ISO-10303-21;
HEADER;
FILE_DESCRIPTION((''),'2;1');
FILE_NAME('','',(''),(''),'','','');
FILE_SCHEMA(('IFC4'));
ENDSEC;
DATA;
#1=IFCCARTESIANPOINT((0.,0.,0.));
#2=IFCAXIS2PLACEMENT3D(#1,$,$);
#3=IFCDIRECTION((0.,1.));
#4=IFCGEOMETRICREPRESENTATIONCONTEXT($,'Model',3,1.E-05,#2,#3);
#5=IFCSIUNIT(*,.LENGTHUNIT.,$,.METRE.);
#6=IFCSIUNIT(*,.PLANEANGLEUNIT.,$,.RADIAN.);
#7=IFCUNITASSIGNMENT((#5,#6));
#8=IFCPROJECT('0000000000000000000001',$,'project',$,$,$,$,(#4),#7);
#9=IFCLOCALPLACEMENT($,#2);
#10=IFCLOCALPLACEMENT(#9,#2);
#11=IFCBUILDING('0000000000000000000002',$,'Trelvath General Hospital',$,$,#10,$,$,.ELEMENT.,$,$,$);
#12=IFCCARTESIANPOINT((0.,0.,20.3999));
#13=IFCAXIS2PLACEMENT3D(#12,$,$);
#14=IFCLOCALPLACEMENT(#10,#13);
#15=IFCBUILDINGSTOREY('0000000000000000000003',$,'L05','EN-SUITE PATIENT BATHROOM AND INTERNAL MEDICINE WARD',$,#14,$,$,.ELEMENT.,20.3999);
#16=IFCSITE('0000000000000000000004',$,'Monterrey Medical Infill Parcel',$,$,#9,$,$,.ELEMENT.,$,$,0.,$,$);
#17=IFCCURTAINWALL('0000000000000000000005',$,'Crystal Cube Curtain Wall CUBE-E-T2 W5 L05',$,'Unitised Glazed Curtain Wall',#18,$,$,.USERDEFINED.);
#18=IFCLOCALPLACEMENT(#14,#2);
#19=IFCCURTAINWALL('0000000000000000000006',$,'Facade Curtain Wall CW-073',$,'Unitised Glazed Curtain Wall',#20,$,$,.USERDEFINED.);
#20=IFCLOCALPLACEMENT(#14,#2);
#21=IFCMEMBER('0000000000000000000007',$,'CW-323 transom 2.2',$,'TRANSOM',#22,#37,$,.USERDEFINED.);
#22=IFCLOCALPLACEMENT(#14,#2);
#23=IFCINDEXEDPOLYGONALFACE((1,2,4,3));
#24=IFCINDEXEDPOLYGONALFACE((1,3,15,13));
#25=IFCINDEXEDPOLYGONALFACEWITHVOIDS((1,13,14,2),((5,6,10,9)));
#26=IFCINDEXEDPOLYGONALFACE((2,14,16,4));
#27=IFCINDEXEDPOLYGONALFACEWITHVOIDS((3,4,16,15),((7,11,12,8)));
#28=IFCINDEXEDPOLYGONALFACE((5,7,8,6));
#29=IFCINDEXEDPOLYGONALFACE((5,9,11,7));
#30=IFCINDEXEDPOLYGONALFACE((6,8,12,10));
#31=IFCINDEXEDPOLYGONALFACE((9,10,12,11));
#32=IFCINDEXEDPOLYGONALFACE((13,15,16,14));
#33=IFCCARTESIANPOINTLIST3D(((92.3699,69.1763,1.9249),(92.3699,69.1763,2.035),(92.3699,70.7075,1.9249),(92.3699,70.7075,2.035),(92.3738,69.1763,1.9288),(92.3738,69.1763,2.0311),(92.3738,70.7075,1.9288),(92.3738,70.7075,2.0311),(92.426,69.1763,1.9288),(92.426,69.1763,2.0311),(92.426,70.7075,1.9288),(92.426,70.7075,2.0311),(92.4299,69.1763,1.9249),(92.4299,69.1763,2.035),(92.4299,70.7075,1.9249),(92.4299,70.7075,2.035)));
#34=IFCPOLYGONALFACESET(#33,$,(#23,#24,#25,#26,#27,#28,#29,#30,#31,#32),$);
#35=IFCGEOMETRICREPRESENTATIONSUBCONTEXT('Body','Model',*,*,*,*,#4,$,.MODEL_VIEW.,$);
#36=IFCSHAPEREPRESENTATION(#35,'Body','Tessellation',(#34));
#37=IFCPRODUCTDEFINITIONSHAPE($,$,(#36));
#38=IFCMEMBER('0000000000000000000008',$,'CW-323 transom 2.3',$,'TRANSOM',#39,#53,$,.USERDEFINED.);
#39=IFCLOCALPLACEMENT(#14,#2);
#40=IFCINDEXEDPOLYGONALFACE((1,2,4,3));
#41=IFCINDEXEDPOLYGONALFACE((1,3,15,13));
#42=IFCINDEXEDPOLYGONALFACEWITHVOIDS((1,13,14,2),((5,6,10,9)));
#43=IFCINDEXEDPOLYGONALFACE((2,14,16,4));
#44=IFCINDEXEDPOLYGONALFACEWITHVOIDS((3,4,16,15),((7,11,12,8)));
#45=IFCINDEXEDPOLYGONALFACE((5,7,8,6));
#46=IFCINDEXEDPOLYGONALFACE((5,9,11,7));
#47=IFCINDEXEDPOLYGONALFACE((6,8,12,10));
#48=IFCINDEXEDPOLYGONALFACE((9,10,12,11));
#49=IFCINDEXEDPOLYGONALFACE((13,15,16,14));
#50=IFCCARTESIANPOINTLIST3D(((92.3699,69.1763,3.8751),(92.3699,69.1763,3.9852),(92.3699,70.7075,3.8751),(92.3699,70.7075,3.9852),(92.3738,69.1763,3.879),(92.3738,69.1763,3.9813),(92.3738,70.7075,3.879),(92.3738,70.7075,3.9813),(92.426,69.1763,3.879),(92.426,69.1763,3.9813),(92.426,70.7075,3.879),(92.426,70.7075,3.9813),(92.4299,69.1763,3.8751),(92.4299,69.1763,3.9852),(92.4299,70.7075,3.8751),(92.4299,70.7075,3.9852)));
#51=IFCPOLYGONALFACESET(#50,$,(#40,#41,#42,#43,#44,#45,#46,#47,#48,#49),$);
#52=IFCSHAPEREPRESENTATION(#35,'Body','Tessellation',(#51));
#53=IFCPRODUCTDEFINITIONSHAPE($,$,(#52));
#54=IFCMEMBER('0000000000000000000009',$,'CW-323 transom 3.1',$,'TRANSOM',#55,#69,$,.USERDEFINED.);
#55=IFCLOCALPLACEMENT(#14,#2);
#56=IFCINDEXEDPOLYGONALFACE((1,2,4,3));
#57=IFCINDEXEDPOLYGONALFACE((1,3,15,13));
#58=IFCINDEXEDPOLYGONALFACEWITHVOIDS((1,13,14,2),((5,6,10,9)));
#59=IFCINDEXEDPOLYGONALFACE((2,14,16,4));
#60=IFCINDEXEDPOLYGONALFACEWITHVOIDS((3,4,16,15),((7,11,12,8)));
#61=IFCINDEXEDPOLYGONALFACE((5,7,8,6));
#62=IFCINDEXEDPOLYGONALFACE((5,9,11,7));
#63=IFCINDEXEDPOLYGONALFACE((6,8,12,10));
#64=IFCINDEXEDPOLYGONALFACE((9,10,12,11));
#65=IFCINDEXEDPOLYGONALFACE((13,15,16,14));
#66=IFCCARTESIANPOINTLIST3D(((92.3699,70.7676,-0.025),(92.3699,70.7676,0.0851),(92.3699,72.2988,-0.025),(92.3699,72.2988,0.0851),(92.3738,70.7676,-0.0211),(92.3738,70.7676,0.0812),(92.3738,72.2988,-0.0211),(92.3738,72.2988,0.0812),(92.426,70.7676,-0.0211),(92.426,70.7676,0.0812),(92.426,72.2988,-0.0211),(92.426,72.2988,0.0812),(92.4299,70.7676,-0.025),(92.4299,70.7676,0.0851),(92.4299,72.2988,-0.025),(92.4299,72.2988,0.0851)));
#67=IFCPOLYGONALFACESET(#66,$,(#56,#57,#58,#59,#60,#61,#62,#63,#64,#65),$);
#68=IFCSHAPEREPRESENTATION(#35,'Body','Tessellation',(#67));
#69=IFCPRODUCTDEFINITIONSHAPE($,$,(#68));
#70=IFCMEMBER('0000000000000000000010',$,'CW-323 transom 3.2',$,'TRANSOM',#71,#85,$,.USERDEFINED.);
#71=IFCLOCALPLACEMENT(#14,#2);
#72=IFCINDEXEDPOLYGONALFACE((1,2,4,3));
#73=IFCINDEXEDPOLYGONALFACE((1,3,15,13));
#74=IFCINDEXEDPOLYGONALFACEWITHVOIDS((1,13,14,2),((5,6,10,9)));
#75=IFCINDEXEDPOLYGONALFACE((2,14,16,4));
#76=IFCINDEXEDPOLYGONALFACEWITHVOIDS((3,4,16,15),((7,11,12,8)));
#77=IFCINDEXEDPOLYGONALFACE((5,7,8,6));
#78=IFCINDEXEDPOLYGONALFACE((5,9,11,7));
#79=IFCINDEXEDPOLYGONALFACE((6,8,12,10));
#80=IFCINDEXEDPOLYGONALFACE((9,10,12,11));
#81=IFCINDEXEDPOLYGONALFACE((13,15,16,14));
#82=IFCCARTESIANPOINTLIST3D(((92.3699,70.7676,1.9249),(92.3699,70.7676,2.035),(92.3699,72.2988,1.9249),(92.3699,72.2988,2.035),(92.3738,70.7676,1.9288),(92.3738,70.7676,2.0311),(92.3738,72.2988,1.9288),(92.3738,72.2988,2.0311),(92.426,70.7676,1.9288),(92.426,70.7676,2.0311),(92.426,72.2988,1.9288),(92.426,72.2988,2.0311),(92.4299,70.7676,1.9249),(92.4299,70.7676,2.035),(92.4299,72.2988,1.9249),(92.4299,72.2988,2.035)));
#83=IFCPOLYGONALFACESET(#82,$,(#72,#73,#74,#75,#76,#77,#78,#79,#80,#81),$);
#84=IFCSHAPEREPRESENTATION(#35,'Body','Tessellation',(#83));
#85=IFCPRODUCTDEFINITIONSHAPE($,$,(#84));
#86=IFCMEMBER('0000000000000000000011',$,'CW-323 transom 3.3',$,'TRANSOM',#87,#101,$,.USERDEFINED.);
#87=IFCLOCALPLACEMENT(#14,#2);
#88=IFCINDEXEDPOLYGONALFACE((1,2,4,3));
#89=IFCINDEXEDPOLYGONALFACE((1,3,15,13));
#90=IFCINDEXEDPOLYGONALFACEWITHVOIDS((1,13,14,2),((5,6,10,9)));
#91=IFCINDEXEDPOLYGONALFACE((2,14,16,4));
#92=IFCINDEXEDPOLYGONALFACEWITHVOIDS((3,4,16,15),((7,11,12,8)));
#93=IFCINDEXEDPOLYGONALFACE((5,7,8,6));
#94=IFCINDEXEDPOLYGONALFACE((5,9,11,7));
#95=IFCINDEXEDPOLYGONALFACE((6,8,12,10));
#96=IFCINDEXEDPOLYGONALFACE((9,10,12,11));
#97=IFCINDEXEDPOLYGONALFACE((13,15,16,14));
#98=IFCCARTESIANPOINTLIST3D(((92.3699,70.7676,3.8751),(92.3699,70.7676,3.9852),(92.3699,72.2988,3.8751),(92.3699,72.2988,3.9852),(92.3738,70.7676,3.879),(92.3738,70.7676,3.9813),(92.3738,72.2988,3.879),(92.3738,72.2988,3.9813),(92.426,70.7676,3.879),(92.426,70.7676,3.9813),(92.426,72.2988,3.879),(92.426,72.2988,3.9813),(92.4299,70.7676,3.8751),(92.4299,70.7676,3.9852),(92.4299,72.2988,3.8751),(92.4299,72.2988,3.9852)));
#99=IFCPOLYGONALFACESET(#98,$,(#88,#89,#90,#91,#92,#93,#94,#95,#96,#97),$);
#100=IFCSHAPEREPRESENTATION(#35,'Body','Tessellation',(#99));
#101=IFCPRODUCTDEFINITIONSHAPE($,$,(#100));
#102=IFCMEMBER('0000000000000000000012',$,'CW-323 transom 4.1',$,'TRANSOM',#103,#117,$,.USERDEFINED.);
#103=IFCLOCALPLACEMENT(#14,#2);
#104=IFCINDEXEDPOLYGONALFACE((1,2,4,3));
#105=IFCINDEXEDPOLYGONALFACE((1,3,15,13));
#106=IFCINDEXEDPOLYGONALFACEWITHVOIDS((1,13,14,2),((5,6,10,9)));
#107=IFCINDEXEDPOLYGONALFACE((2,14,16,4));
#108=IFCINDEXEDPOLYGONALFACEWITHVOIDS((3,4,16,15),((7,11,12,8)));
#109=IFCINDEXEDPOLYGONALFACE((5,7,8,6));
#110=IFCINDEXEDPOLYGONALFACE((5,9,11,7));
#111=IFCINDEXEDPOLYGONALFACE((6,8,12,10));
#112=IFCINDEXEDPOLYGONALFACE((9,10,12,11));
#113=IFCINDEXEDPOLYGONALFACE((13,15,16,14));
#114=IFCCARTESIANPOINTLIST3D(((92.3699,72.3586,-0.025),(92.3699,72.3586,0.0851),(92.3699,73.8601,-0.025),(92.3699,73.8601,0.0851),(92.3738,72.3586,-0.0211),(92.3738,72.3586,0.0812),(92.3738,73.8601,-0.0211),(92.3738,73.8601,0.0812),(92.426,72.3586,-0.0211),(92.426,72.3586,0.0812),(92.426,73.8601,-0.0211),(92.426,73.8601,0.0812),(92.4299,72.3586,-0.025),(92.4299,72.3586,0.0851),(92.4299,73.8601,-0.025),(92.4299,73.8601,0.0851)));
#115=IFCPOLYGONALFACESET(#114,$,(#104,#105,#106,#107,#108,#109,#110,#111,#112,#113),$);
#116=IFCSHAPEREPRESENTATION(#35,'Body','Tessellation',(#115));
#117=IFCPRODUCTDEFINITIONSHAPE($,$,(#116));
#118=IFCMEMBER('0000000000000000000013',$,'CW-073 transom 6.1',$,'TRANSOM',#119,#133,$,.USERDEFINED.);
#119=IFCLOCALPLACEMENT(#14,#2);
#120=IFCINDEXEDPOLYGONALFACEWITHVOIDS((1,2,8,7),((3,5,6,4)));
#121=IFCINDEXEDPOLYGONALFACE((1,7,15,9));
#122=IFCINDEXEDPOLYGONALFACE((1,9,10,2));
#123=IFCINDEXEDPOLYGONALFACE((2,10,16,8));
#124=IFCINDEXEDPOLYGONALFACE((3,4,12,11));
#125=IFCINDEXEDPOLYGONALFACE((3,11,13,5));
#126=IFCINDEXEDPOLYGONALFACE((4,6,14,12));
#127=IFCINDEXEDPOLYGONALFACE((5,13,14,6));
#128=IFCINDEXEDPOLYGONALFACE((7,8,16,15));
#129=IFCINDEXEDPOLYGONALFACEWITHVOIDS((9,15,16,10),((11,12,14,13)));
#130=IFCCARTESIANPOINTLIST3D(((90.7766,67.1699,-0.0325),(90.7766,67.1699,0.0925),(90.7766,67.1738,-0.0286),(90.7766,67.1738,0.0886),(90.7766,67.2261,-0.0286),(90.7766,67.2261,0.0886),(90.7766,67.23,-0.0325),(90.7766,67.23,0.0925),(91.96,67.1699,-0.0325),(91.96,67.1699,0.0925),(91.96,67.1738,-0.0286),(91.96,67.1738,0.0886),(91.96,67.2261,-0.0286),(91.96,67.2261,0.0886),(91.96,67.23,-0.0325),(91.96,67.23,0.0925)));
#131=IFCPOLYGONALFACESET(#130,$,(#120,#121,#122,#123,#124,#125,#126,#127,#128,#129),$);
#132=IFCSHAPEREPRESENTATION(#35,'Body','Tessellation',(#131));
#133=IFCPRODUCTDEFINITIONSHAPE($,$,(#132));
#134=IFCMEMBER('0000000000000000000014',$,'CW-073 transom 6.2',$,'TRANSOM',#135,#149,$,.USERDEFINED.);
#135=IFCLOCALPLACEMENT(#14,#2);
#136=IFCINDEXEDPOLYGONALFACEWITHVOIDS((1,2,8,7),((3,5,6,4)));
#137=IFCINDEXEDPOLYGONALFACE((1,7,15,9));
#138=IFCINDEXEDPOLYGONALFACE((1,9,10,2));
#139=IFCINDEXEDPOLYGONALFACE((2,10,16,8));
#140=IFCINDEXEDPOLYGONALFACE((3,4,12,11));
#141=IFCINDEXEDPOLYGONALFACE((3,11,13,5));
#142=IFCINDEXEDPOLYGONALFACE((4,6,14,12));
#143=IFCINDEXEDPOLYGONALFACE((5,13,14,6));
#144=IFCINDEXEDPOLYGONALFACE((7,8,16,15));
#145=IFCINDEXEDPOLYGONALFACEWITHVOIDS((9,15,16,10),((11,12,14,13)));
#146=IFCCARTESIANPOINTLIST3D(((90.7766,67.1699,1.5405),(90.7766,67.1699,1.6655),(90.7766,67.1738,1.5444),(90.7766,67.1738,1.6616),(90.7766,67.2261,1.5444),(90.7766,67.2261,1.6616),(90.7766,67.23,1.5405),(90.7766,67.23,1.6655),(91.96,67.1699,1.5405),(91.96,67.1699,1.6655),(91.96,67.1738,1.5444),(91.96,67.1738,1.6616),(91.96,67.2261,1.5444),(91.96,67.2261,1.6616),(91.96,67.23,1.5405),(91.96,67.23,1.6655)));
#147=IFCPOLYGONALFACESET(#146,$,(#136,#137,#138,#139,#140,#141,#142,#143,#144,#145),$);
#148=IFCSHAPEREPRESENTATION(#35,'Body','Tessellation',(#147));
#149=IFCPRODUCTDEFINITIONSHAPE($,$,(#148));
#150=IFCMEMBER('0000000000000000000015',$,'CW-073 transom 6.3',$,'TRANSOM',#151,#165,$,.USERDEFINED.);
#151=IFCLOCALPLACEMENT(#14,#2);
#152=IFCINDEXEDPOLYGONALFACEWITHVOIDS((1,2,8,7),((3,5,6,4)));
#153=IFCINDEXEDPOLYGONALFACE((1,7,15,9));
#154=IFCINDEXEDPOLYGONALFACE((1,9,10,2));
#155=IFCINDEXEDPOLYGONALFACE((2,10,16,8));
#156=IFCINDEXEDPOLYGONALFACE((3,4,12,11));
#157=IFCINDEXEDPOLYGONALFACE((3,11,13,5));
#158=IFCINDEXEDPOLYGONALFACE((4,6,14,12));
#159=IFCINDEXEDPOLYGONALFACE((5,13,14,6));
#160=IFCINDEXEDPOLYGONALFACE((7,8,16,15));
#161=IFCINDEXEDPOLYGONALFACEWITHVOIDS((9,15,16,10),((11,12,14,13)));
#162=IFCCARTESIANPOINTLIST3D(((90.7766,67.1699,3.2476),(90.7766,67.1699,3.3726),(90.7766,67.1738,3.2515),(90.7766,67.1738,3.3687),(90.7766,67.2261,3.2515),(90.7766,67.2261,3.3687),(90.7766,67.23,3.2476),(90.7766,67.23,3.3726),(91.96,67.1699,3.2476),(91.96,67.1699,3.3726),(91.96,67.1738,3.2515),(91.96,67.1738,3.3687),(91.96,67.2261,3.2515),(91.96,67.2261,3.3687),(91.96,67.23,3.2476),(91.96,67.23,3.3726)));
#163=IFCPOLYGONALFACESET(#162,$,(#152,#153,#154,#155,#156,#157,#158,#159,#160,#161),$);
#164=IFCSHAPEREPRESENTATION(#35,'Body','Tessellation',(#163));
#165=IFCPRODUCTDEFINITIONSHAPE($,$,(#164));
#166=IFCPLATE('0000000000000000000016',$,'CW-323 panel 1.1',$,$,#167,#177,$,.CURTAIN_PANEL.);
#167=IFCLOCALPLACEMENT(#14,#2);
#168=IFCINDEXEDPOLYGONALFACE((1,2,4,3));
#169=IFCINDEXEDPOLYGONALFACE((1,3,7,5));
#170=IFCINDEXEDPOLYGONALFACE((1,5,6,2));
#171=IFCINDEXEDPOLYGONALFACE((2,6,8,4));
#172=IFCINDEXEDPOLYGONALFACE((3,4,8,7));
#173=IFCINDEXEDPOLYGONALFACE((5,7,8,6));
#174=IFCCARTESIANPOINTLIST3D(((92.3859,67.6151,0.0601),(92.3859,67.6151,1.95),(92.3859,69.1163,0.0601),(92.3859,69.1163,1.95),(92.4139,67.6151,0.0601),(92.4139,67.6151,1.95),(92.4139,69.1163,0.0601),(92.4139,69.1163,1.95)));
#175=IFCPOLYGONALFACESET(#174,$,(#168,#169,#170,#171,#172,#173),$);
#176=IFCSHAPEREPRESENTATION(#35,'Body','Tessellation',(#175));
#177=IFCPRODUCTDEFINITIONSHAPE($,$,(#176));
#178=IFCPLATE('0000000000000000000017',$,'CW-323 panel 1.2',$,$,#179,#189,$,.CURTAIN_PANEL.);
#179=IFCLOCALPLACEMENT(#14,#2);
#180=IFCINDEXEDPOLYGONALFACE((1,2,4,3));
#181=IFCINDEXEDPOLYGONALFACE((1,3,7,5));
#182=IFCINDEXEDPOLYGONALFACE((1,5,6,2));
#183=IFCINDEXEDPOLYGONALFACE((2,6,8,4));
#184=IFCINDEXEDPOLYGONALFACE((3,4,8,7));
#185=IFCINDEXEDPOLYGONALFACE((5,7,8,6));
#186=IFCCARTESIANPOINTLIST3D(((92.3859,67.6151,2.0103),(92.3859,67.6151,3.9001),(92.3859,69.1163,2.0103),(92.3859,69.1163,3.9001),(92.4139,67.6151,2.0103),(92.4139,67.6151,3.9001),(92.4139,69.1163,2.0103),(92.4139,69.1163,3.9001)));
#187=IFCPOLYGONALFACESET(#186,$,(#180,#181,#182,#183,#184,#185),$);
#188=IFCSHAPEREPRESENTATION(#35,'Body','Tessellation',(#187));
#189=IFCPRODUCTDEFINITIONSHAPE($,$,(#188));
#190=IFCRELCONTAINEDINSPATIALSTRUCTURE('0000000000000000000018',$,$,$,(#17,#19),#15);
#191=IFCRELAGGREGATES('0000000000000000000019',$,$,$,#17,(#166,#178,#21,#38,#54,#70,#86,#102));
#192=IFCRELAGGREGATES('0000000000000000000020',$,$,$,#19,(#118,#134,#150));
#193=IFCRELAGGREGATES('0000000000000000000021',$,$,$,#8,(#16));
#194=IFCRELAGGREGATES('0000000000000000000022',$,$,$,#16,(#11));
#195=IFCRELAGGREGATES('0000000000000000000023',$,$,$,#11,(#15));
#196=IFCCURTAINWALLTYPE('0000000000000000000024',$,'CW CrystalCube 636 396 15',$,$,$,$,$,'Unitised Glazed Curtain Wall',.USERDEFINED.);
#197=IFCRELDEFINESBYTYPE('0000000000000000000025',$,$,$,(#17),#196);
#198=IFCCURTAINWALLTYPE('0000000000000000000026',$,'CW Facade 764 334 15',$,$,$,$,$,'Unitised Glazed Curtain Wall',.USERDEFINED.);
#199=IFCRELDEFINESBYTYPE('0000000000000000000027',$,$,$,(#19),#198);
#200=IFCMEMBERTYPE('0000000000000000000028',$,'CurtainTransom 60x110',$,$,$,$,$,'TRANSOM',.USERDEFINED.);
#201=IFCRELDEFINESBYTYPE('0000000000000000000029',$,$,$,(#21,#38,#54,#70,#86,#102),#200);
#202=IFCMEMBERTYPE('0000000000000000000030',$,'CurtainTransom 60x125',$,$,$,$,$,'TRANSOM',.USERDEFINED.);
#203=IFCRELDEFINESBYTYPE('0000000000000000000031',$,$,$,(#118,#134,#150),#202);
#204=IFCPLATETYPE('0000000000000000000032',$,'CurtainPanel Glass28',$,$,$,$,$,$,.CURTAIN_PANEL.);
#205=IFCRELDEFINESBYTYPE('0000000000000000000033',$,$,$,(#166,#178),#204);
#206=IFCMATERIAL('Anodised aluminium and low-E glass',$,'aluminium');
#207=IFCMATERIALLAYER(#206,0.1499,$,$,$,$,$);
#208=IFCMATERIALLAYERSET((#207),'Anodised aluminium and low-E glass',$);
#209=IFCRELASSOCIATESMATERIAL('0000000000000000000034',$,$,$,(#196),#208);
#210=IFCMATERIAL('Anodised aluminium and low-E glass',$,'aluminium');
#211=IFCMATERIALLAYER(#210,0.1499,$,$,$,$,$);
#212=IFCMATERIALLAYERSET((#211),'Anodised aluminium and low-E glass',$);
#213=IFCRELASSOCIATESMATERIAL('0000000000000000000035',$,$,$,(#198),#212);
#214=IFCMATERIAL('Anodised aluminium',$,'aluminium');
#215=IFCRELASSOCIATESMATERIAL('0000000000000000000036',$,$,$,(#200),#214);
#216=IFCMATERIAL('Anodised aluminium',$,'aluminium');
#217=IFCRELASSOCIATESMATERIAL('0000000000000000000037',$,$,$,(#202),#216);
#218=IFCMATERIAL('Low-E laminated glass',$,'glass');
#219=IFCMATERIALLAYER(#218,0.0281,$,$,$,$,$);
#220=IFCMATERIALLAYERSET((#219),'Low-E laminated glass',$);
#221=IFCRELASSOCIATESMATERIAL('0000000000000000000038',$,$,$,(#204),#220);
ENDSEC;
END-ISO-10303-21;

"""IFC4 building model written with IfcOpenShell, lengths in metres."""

from ifc_helpers import new_model, si_unit, direction, frame, origin, origin_2d, place, context, subcontext, project, spatial, rectangle, hollow_rectangle, extrude, material, layer, layer_set, material_profile, profile_set, type_object, element, aggregate, save


model = new_model("IFC4")

# Units and contexts
model_context = context("Model", 3, precision=1e-05, world=origin(), true_north=direction((0.0, 1.0)))
body_context = subcontext(model_context, "Body", "Model", "MODEL_VIEW")
ifc_project = project(units=[si_unit("LENGTHUNIT", "METRE"), si_unit("PLANEANGLEUNIT", "RADIAN")], contexts=[model_context])

# Site, building, storey
site_placement = place(None, origin())
site = spatial("IfcSite", under=ifc_project, at=site_placement, Name="Monterrey Medical Infill Parcel", CompositionType="ELEMENT", RefElevation=0.0)
building_placement = place(site_placement, origin())
building = spatial("IfcBuilding", under=site, at=building_placement, Name="Trelvath General Hospital", CompositionType="ELEMENT")
storey_placement = place(building_placement, frame((0.0, 0.0, 20.3999)))
storey = spatial("IfcBuildingStorey", under=building, at=storey_placement, Name="L05", Description="EN-SUITE PATIENT BATHROOM AND INTERNAL MEDICINE WARD", CompositionType="ELEMENT", Elevation=20.3999)

# Curtain walls
ifc_material_1 = material(Name="Anodised aluminium and low-E glass", Category="aluminium")
ifc_layer_1 = layer(ifc_material_1, 0.1499)
ifc_layer_set_1 = layer_set([ifc_layer_1], Name="Anodised aluminium and low-E glass")
curtain_wall_type_1 = type_object("IfcCurtainWallType", Name="CW CrystalCube 636 396 15", ElementType="Unitised Glazed Curtain Wall", PredefinedType="USERDEFINED", material=ifc_layer_set_1)
curtain_wall_1_placement = place(storey_placement, origin())
curtain_wall_1 = element("IfcCurtainWall", 1, at=curtain_wall_1_placement, inside=storey, type_object=curtain_wall_type_1, Name="Crystal Cube Curtain Wall CUBE-E-T2 W5 L05", ObjectType="Unitised Glazed Curtain Wall", PredefinedType="USERDEFINED")
ifc_material_2 = material(Name="Anodised aluminium and low-E glass", Category="aluminium")
ifc_layer_2 = layer(ifc_material_2, 0.1499)
ifc_layer_set_2 = layer_set([ifc_layer_2], Name="Anodised aluminium and low-E glass")
curtain_wall_type_2 = type_object("IfcCurtainWallType", Name="CW Facade 764 334 15", ElementType="Unitised Glazed Curtain Wall", PredefinedType="USERDEFINED", material=ifc_layer_set_2)
curtain_wall_2_placement = place(storey_placement, origin())
curtain_wall_2 = element("IfcCurtainWall", 2, at=curtain_wall_2_placement, inside=storey, type_object=curtain_wall_type_2, Name="Facade Curtain Wall CW-073", ObjectType="Unitised Glazed Curtain Wall", PredefinedType="USERDEFINED")

# Members
ifc_material_3 = material(Name="Anodised aluminium", Category="aluminium")
ifc_material_profile_1 = material_profile(ifc_material_3, hollow_rectangle(XDim=0.0601, YDim=0.1101, WallThickness=0.0039, at=origin_2d()), Name="RHS60x110x4")
ifc_profile_set_1 = profile_set([ifc_material_profile_1], Name="Anodised aluminium")
member_type_1 = type_object("IfcMemberType", Name="CurtainTransom 60x110", ElementType="TRANSOM", PredefinedType="USERDEFINED", material=ifc_profile_set_1)
member_1_placement = place(storey_placement, frame((92.3999, 69.1763, 1.98), z_axis=(0.0, 1.0, 0.0), x_axis=(-1.0, 0.0, 0.0)))
member_1 = element("IfcMember", 3, at=member_1_placement, type_object=member_type_1, Name="CW-323 transom 2.2", ObjectType="TRANSOM", PredefinedType="USERDEFINED", context=body_context, shape_type="SweptSolid", body=[
    extrude(hollow_rectangle(XDim=0.0601, YDim=0.1101, WallThickness=0.0039, at=origin_2d()), origin(), (0.0, 0.0, 1.0), 1.5312),
])
member_2_placement = place(storey_placement, frame((92.3999, 69.1763, 3.9302), z_axis=(0.0, 1.0, 0.0), x_axis=(-1.0, 0.0, 0.0)))
member_2 = element("IfcMember", 4, at=member_2_placement, type_object=member_type_1, Name="CW-323 transom 2.3", ObjectType="TRANSOM", PredefinedType="USERDEFINED", context=body_context, shape_type="SweptSolid", body=[
    extrude(hollow_rectangle(XDim=0.0601, YDim=0.1101, WallThickness=0.0039, at=origin_2d()), origin(), (0.0, 0.0, 1.0), 1.5312),
])
member_3_placement = place(storey_placement, frame((92.3999, 70.7676, 0.03), z_axis=(0.0, 1.0, 0.0), x_axis=(-1.0, 0.0, 0.0)))
member_3 = element("IfcMember", 5, at=member_3_placement, type_object=member_type_1, Name="CW-323 transom 3.1", ObjectType="TRANSOM", PredefinedType="USERDEFINED", context=body_context, shape_type="SweptSolid", body=[
    extrude(hollow_rectangle(XDim=0.0601, YDim=0.1101, WallThickness=0.0039, at=origin_2d()), origin(), (0.0, 0.0, 1.0), 1.5312),
])
member_4_placement = place(storey_placement, frame((92.3999, 70.7676, 1.98), z_axis=(0.0, 1.0, 0.0), x_axis=(-1.0, 0.0, 0.0)))
member_4 = element("IfcMember", 6, at=member_4_placement, type_object=member_type_1, Name="CW-323 transom 3.2", ObjectType="TRANSOM", PredefinedType="USERDEFINED", context=body_context, shape_type="SweptSolid", body=[
    extrude(hollow_rectangle(XDim=0.0601, YDim=0.1101, WallThickness=0.0039, at=origin_2d()), origin(), (0.0, 0.0, 1.0), 1.5312),
])
member_5_placement = place(storey_placement, frame((92.3999, 70.7676, 3.9302), z_axis=(0.0, 1.0, 0.0), x_axis=(-1.0, 0.0, 0.0)))
member_5 = element("IfcMember", 7, at=member_5_placement, type_object=member_type_1, Name="CW-323 transom 3.3", ObjectType="TRANSOM", PredefinedType="USERDEFINED", context=body_context, shape_type="SweptSolid", body=[
    extrude(hollow_rectangle(XDim=0.0601, YDim=0.1101, WallThickness=0.0039, at=origin_2d()), origin(), (0.0, 0.0, 1.0), 1.5312),
])
member_6_placement = place(storey_placement, frame((92.3999, 72.3586, 0.03), z_axis=(0.0, 1.0, 0.0), x_axis=(-1.0, 0.0, 0.0)))
member_6 = element("IfcMember", 8, at=member_6_placement, type_object=member_type_1, Name="CW-323 transom 4.1", ObjectType="TRANSOM", PredefinedType="USERDEFINED", context=body_context, shape_type="SweptSolid", body=[
    extrude(hollow_rectangle(XDim=0.0601, YDim=0.1101, WallThickness=0.0039, at=origin_2d()), origin(), (0.0, 0.0, 1.0), 1.5015),
])
ifc_material_4 = material(Name="Anodised aluminium", Category="aluminium")
ifc_material_profile_2 = material_profile(ifc_material_4, hollow_rectangle(XDim=0.0601, YDim=0.125, WallThickness=0.0039, at=origin_2d()), Name="RHS60x125x4")
ifc_profile_set_2 = profile_set([ifc_material_profile_2], Name="Anodised aluminium")
member_type_2 = type_object("IfcMemberType", Name="CurtainTransom 60x125", ElementType="TRANSOM", PredefinedType="USERDEFINED", material=ifc_profile_set_2)
member_7_placement = place(storey_placement, frame((90.7766, 67.2, 0.03), z_axis=(1.0, 0.0, 0.0), x_axis=(0.0, 1.0, 0.0)))
member_7 = element("IfcMember", 9, at=member_7_placement, type_object=member_type_2, Name="CW-073 transom 6.1", ObjectType="TRANSOM", PredefinedType="USERDEFINED", context=body_context, shape_type="SweptSolid", body=[
    extrude(hollow_rectangle(XDim=0.0601, YDim=0.125, WallThickness=0.0039, at=origin_2d()), origin(), (0.0, 0.0, 1.0), 1.1833),
])
member_8_placement = place(storey_placement, frame((90.7766, 67.2, 1.603), z_axis=(1.0, 0.0, 0.0), x_axis=(0.0, 1.0, 0.0)))
member_8 = element("IfcMember", 10, at=member_8_placement, type_object=member_type_2, Name="CW-073 transom 6.2", ObjectType="TRANSOM", PredefinedType="USERDEFINED", context=body_context, shape_type="SweptSolid", body=[
    extrude(hollow_rectangle(XDim=0.0601, YDim=0.125, WallThickness=0.0039, at=origin_2d()), origin(), (0.0, 0.0, 1.0), 1.1833),
])
member_9_placement = place(storey_placement, frame((90.7766, 67.2, 3.3101), z_axis=(1.0, 0.0, 0.0), x_axis=(0.0, 1.0, 0.0)))
member_9 = element("IfcMember", 11, at=member_9_placement, type_object=member_type_2, Name="CW-073 transom 6.3", ObjectType="TRANSOM", PredefinedType="USERDEFINED", context=body_context, shape_type="SweptSolid", body=[
    extrude(hollow_rectangle(XDim=0.0601, YDim=0.125, WallThickness=0.0039, at=origin_2d()), origin(), (0.0, 0.0, 1.0), 1.1833),
])

# Plates
ifc_material_5 = material(Name="Low-E laminated glass", Category="glass")
ifc_layer_3 = layer(ifc_material_5, 0.0281)
ifc_layer_set_3 = layer_set([ifc_layer_3], Name="Low-E laminated glass")
plate_type_1 = type_object("IfcPlateType", Name="CurtainPanel Glass28", PredefinedType="CURTAIN_PANEL", material=ifc_layer_set_3)
plate_1_placement = place(storey_placement, frame((92.3999, 68.3657, 0.0601), z_axis=(0.0, 0.0, 1.0), x_axis=(0.0, 1.0, 0.0)))
plate_1 = element("IfcPlate", 12, at=plate_1_placement, type_object=plate_type_1, Name="CW-323 panel 1.1", PredefinedType="CURTAIN_PANEL", context=body_context, shape_type="SweptSolid", body=[
    extrude(rectangle(XDim=1.5012, YDim=0.0281, at=origin_2d()), origin(), (0.0, 0.0, 1.0), 1.8899),
])
plate_2_placement = place(storey_placement, frame((92.3999, 68.3657, 2.0103), z_axis=(0.0, 0.0, 1.0), x_axis=(0.0, 1.0, 0.0)))
plate_2 = element("IfcPlate", 13, at=plate_2_placement, type_object=plate_type_1, Name="CW-323 panel 1.2", PredefinedType="CURTAIN_PANEL", context=body_context, shape_type="SweptSolid", body=[
    extrude(rectangle(XDim=1.5012, YDim=0.0281, at=origin_2d()), origin(), (0.0, 0.0, 1.0), 1.8899),
])
aggregate(curtain_wall_1, [plate_1, plate_2, member_1, member_2, member_3, member_4, member_5, member_6])
aggregate(curtain_wall_2, [member_7, member_8, member_9])

save(model, "model.ifc")
